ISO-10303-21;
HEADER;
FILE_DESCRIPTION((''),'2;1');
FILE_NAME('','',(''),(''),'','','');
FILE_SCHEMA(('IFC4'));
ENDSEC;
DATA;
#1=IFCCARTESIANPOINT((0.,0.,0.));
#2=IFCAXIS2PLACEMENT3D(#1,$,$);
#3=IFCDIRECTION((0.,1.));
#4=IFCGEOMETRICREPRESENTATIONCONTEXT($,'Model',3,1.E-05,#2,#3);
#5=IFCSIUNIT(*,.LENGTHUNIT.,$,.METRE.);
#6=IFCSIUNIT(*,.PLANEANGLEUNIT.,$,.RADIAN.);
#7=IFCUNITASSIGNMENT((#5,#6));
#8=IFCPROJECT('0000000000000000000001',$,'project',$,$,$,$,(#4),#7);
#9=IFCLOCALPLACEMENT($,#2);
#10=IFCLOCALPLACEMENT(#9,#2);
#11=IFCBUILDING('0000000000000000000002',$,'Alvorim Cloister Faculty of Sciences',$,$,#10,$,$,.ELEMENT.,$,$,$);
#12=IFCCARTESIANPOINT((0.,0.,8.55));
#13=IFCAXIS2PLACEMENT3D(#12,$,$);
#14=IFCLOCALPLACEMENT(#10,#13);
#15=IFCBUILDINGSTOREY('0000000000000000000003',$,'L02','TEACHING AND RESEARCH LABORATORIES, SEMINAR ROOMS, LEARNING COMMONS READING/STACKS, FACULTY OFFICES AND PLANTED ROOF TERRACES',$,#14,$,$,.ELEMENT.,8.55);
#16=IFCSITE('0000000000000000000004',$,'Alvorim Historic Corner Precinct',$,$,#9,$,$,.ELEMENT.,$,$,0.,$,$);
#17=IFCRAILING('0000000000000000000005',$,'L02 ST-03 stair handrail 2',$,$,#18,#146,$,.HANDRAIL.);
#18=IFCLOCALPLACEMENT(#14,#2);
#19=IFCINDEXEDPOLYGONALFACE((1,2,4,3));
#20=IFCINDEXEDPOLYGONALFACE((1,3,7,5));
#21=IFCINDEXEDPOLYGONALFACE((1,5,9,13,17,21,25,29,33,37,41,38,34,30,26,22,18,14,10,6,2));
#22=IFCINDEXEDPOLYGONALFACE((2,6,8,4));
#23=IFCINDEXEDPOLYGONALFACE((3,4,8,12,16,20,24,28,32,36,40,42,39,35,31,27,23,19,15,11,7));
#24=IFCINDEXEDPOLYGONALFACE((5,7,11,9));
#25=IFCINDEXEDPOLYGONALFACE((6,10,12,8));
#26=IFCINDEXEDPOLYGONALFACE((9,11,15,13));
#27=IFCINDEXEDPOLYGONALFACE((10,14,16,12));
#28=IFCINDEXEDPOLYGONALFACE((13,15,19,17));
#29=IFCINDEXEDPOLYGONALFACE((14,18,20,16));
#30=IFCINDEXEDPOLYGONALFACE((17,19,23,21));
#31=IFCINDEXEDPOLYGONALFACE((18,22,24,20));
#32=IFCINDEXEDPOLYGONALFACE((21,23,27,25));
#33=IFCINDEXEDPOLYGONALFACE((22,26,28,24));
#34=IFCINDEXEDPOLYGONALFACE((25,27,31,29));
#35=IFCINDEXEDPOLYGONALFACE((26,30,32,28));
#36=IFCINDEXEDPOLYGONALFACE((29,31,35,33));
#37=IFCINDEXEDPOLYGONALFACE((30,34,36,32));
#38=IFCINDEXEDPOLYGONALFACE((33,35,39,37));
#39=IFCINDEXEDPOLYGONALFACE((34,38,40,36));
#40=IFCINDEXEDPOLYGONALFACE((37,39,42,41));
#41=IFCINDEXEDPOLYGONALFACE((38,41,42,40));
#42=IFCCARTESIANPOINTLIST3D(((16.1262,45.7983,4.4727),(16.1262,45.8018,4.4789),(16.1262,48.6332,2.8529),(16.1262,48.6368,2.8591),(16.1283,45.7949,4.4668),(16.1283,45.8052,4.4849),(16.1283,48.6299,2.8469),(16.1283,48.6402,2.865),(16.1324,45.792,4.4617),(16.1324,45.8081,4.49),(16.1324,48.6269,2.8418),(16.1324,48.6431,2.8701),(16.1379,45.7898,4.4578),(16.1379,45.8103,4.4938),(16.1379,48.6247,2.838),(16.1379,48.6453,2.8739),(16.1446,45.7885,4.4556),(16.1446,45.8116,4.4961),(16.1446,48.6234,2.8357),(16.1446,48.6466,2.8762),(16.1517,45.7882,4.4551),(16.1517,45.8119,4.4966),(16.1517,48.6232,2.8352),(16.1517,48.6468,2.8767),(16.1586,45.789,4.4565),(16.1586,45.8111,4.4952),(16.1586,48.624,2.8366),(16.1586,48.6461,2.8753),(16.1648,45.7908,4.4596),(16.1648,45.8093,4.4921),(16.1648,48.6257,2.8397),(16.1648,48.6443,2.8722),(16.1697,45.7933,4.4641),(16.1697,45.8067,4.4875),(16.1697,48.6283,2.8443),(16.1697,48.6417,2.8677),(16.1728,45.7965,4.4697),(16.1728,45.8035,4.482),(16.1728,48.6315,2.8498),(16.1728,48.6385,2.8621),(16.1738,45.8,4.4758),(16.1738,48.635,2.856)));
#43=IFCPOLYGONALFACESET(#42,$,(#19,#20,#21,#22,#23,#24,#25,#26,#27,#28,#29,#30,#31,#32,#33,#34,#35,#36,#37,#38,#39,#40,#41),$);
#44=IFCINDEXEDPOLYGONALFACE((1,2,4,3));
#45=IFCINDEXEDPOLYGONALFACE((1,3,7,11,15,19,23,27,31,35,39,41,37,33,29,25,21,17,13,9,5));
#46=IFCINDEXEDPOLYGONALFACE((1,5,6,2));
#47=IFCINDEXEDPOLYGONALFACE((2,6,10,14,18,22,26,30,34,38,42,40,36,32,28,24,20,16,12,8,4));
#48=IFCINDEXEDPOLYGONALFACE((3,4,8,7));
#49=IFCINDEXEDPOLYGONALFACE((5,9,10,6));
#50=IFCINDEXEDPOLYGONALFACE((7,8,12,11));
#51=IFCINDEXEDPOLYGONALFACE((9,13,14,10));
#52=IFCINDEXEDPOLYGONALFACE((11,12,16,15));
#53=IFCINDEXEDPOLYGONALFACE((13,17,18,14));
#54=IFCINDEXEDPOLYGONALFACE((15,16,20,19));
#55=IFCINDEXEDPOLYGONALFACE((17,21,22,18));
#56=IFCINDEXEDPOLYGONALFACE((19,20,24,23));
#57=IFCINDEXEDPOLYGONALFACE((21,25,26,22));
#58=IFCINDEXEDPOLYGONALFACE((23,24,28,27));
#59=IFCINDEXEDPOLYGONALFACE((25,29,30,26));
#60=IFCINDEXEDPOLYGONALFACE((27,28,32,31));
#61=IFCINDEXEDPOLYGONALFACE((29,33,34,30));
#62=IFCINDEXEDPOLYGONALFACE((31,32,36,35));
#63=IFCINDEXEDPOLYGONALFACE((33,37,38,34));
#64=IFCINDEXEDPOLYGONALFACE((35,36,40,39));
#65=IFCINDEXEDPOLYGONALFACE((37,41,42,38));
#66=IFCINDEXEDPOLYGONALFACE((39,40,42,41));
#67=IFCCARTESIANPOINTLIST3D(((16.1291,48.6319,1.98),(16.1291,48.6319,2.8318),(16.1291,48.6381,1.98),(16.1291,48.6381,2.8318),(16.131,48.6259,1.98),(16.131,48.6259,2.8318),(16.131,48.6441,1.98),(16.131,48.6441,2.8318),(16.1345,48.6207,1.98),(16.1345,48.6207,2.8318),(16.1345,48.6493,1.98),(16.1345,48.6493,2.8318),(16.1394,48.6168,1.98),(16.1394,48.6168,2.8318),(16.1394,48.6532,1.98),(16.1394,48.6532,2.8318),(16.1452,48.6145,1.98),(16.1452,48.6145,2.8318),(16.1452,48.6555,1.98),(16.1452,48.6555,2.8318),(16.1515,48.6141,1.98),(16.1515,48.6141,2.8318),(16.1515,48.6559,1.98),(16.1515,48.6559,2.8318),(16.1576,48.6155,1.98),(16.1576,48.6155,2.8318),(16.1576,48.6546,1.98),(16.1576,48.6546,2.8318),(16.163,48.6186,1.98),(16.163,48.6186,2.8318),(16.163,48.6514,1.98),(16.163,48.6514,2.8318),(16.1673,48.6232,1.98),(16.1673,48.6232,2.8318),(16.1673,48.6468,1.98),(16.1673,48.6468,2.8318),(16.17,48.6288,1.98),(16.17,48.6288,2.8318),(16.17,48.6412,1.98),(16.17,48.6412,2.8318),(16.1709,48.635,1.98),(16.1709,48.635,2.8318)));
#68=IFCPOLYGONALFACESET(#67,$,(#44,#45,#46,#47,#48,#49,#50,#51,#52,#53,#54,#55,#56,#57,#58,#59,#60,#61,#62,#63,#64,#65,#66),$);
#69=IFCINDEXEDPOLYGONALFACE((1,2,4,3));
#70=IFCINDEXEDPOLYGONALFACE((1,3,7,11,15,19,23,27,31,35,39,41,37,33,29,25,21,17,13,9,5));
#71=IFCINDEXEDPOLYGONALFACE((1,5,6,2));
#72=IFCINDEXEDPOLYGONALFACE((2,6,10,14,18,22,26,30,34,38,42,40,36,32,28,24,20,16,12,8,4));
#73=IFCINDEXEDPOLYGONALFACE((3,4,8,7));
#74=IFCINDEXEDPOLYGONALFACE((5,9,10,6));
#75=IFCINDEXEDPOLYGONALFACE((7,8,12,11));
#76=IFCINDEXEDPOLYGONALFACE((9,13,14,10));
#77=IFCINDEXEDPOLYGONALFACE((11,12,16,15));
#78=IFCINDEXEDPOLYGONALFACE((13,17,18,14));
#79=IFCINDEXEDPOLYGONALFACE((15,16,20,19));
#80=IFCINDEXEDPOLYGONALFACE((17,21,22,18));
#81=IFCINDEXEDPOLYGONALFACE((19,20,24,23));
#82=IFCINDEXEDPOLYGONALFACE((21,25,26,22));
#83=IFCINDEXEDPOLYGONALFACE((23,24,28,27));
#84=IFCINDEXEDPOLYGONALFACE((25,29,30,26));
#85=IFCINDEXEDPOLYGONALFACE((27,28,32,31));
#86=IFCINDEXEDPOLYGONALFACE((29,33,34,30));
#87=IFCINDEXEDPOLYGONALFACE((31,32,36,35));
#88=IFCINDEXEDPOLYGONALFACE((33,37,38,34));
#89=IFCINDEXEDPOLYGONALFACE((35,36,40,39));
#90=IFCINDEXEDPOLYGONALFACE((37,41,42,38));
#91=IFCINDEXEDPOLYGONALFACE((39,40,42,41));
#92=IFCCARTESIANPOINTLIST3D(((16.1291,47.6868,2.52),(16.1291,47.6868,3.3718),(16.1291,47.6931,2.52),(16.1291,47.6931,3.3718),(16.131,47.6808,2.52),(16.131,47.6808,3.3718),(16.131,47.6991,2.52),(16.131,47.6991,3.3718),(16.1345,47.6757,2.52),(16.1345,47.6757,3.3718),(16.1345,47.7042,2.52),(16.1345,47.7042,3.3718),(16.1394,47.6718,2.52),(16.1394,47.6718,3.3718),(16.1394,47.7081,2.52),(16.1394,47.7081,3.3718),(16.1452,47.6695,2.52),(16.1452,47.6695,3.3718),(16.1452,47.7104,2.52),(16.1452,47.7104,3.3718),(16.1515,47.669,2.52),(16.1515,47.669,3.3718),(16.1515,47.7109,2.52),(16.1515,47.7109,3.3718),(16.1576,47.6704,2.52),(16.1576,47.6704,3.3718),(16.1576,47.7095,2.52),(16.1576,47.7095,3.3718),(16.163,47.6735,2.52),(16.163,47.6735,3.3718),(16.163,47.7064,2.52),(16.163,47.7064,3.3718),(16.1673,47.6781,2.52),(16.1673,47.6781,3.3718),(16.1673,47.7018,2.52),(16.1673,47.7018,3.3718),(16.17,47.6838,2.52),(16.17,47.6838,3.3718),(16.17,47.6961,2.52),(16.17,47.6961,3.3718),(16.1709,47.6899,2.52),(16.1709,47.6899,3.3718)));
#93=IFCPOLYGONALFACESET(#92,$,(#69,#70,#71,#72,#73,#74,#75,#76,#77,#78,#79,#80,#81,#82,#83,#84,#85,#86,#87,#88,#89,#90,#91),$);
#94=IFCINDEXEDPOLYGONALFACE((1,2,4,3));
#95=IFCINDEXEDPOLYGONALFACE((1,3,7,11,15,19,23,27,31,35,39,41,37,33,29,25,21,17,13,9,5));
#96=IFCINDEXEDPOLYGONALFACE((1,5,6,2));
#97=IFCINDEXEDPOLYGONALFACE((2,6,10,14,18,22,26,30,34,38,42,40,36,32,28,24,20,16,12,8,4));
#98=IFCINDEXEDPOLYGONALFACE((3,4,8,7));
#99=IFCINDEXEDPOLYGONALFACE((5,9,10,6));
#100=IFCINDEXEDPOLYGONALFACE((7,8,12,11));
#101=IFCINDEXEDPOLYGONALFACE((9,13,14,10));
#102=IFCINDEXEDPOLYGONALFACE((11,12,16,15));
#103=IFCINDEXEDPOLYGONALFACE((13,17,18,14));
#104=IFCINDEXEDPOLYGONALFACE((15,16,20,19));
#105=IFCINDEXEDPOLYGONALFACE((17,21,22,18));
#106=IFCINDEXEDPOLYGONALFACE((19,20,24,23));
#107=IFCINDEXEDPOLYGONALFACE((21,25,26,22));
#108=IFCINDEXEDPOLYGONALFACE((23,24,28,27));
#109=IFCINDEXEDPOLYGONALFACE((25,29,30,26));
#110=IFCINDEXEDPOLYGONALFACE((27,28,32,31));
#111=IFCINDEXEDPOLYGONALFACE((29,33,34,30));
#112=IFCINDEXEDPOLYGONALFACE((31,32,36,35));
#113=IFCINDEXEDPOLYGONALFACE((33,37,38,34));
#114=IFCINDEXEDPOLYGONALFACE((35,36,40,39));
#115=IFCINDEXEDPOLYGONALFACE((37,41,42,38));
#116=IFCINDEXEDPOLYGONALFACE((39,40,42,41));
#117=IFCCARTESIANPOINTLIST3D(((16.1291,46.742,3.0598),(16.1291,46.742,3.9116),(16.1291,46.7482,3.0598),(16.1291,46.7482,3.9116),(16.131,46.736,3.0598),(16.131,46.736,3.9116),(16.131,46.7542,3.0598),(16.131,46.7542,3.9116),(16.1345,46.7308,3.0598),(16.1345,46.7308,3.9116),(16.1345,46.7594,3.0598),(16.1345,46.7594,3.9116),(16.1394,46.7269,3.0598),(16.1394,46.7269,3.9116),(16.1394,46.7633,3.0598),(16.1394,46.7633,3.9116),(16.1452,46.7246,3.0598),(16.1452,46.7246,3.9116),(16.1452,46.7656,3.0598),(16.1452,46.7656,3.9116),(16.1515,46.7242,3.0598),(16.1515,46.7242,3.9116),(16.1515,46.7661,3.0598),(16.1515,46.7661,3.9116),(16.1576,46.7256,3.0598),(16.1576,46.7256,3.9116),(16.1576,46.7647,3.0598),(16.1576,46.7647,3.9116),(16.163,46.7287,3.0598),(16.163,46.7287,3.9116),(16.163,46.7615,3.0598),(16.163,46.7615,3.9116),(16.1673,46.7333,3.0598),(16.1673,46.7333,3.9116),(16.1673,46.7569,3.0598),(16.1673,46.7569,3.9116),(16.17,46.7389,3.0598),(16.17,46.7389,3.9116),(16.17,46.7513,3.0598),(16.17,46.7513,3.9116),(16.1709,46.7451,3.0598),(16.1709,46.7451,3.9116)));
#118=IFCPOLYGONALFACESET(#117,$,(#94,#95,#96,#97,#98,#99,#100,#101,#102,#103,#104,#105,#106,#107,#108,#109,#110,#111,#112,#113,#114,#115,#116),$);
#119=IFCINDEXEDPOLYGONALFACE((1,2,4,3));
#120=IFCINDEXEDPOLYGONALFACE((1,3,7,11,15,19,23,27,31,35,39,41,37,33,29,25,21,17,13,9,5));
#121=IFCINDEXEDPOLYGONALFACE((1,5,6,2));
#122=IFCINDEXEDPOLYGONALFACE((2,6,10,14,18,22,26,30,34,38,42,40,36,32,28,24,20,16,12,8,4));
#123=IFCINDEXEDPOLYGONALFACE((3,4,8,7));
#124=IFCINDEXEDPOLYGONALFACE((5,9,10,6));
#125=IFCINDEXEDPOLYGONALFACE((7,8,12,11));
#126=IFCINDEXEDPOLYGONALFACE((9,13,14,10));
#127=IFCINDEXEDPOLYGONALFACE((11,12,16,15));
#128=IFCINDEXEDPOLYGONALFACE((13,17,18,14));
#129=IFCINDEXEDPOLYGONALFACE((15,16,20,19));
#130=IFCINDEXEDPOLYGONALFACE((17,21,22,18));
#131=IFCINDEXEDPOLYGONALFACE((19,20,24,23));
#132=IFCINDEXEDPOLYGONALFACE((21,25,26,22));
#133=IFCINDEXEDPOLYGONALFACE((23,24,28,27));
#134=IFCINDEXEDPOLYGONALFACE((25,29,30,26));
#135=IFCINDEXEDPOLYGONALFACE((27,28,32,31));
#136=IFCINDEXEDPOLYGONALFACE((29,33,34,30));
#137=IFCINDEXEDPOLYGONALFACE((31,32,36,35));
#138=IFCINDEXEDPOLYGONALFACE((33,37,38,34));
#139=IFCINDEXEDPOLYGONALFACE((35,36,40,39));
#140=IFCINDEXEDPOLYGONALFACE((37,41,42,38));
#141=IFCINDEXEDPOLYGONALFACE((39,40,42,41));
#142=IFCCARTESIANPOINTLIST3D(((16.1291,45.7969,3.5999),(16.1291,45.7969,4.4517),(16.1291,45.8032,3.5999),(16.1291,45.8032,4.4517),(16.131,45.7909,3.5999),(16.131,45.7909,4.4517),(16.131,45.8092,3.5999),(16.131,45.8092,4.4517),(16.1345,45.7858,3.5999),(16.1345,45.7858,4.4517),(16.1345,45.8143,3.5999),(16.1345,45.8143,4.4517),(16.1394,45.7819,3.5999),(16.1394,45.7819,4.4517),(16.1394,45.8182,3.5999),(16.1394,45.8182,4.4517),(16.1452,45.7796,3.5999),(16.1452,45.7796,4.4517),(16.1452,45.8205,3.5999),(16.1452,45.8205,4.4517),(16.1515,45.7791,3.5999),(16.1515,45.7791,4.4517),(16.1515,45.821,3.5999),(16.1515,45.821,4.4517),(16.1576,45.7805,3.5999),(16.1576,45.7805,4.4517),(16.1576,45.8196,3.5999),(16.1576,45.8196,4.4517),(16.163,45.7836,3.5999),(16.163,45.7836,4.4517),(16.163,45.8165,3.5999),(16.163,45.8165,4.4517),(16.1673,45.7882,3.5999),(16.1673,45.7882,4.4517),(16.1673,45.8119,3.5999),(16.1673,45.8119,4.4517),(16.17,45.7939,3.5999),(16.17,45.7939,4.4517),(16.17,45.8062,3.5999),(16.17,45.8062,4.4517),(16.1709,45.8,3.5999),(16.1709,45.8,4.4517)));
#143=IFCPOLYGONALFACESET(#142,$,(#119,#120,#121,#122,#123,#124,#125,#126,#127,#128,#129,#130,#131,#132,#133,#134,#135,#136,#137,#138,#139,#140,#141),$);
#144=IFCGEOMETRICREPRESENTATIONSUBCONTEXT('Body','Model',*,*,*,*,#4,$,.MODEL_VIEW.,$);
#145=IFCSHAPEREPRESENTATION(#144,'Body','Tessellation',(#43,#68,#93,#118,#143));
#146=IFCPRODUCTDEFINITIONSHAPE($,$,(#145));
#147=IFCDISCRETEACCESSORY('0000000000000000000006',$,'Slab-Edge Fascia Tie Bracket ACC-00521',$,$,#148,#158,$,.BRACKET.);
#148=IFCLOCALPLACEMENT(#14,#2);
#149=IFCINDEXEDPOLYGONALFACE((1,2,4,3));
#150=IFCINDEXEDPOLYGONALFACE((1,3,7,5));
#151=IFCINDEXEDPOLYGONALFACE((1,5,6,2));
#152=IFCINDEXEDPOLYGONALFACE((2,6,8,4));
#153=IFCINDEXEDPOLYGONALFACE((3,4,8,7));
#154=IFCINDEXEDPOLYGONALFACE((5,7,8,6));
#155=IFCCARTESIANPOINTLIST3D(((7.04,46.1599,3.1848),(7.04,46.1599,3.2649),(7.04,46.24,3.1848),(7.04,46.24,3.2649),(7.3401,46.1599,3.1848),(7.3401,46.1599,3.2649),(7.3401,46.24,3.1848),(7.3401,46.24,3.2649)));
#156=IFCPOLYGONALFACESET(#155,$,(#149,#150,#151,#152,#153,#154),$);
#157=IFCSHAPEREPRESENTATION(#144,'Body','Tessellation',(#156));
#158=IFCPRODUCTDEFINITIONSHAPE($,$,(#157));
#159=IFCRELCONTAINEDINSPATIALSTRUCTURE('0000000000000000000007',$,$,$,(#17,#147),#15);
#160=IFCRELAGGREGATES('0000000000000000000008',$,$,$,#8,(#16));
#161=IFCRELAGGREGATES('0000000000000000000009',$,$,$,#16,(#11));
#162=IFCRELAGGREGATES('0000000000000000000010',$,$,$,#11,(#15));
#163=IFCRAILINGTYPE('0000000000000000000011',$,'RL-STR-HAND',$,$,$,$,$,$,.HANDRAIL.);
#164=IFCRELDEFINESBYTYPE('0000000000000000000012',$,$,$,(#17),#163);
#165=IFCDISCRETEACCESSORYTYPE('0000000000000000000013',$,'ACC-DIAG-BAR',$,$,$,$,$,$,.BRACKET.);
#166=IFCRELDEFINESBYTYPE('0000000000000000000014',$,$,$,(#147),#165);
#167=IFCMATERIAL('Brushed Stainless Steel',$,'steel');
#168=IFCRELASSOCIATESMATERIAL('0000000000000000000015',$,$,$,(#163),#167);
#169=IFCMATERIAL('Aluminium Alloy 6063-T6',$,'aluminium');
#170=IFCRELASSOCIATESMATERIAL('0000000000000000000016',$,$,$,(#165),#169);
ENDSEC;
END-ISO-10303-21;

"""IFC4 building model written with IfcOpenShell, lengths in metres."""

from ifc_helpers import new_model, si_unit, direction, frame, origin, origin_2d, place, context, subcontext, project, spatial, rectangle, circle, extrude, material, type_object, element, save


model = new_model("IFC4")

# Units and contexts
model_context = context("Model", 3, precision=1e-05, world=origin(), true_north=direction((0.0, 1.0)))
body_context = subcontext(model_context, "Body", "Model", "MODEL_VIEW")
ifc_project = project(units=[si_unit("LENGTHUNIT", "METRE"), si_unit("PLANEANGLEUNIT", "RADIAN")], contexts=[model_context])

# Site, building, storey
site_placement = place(None, origin())
site = spatial("IfcSite", under=ifc_project, at=site_placement, Name="Alvorim Historic Corner Precinct", CompositionType="ELEMENT", RefElevation=0.0)
building_placement = place(site_placement, origin())
building = spatial("IfcBuilding", under=site, at=building_placement, Name="Alvorim Cloister Faculty of Sciences", CompositionType="ELEMENT")
storey_placement = place(building_placement, frame((0.0, 0.0, 8.55)))
storey = spatial("IfcBuildingStorey", under=building, at=storey_placement, Name="L02", Description="TEACHING AND RESEARCH LABORATORIES, SEMINAR ROOMS, LEARNING COMMONS READING/STACKS, FACULTY OFFICES AND PLANTED ROOF TERRACES", CompositionType="ELEMENT", Elevation=8.55)

# Shared definitions
ifc_material_1 = material(Name="Brushed Stainless Steel", Category="steel")

# Railing
railing_type_1 = type_object("IfcRailingType", Name="RL-STR-HAND", PredefinedType="HANDRAIL", material=ifc_material_1)
railing_1_placement = place(storey_placement, frame((16.1499, 48.635, 1.98)))
element("IfcRailing", 1, at=railing_1_placement, inside=storey, type_object=railing_type_1, Name="L02 ST-03 stair handrail 2", PredefinedType="HANDRAIL", context=body_context, shape_type="SweptSolid", body=[
    extrude(circle(Radius=0.0239, at=origin_2d()), frame((0.0, 0.0, 0.876), z_axis=(0.0, -0.868257, 0.496115), x_axis=(1.0, 0.0, 0.0)), (0.0, 0.0, 1.0), 3.2651),
    extrude(circle(Radius=0.021, at=origin_2d()), origin(), (0.0, 0.0, 1.0), 0.8518),
    extrude(circle(Radius=0.021, at=origin_2d()), frame((0.0, -0.9451, 0.54)), (0.0, 0.0, 1.0), 0.8518),
    extrude(circle(Radius=0.021, at=origin_2d()), frame((0.0, -1.8899, 1.0798)), (0.0, 0.0, 1.0), 0.8518),
    extrude(circle(Radius=0.021, at=origin_2d()), frame((0.0, -2.835, 1.6199)), (0.0, 0.0, 1.0), 0.8518),
])

# Discrete accessory
ifc_material_2 = material(Name="Aluminium Alloy 6063-T6", Category="aluminium")
discrete_accessory_type = type_object("IfcDiscreteAccessoryType", Name="ACC-DIAG-BAR", PredefinedType="BRACKET", material=ifc_material_2)
discrete_accessory_placement = place(storey_placement, frame((7.3401, 46.2, 3.2249), z_axis=(-1.0, 0.0, 0.0), x_axis=(0.0, -1.0, 0.0)))
element("IfcDiscreteAccessory", 2, at=discrete_accessory_placement, inside=storey, type_object=discrete_accessory_type, Name="Slab-Edge Fascia Tie Bracket ACC-00521", PredefinedType="BRACKET", context=body_context, shape_type="SweptSolid", body=[
    extrude(rectangle(XDim=0.0801, YDim=0.0801, at=origin_2d()), origin(), (0.0, 0.0, 1.0), 0.3),
])

save(model, "model.ifc")
